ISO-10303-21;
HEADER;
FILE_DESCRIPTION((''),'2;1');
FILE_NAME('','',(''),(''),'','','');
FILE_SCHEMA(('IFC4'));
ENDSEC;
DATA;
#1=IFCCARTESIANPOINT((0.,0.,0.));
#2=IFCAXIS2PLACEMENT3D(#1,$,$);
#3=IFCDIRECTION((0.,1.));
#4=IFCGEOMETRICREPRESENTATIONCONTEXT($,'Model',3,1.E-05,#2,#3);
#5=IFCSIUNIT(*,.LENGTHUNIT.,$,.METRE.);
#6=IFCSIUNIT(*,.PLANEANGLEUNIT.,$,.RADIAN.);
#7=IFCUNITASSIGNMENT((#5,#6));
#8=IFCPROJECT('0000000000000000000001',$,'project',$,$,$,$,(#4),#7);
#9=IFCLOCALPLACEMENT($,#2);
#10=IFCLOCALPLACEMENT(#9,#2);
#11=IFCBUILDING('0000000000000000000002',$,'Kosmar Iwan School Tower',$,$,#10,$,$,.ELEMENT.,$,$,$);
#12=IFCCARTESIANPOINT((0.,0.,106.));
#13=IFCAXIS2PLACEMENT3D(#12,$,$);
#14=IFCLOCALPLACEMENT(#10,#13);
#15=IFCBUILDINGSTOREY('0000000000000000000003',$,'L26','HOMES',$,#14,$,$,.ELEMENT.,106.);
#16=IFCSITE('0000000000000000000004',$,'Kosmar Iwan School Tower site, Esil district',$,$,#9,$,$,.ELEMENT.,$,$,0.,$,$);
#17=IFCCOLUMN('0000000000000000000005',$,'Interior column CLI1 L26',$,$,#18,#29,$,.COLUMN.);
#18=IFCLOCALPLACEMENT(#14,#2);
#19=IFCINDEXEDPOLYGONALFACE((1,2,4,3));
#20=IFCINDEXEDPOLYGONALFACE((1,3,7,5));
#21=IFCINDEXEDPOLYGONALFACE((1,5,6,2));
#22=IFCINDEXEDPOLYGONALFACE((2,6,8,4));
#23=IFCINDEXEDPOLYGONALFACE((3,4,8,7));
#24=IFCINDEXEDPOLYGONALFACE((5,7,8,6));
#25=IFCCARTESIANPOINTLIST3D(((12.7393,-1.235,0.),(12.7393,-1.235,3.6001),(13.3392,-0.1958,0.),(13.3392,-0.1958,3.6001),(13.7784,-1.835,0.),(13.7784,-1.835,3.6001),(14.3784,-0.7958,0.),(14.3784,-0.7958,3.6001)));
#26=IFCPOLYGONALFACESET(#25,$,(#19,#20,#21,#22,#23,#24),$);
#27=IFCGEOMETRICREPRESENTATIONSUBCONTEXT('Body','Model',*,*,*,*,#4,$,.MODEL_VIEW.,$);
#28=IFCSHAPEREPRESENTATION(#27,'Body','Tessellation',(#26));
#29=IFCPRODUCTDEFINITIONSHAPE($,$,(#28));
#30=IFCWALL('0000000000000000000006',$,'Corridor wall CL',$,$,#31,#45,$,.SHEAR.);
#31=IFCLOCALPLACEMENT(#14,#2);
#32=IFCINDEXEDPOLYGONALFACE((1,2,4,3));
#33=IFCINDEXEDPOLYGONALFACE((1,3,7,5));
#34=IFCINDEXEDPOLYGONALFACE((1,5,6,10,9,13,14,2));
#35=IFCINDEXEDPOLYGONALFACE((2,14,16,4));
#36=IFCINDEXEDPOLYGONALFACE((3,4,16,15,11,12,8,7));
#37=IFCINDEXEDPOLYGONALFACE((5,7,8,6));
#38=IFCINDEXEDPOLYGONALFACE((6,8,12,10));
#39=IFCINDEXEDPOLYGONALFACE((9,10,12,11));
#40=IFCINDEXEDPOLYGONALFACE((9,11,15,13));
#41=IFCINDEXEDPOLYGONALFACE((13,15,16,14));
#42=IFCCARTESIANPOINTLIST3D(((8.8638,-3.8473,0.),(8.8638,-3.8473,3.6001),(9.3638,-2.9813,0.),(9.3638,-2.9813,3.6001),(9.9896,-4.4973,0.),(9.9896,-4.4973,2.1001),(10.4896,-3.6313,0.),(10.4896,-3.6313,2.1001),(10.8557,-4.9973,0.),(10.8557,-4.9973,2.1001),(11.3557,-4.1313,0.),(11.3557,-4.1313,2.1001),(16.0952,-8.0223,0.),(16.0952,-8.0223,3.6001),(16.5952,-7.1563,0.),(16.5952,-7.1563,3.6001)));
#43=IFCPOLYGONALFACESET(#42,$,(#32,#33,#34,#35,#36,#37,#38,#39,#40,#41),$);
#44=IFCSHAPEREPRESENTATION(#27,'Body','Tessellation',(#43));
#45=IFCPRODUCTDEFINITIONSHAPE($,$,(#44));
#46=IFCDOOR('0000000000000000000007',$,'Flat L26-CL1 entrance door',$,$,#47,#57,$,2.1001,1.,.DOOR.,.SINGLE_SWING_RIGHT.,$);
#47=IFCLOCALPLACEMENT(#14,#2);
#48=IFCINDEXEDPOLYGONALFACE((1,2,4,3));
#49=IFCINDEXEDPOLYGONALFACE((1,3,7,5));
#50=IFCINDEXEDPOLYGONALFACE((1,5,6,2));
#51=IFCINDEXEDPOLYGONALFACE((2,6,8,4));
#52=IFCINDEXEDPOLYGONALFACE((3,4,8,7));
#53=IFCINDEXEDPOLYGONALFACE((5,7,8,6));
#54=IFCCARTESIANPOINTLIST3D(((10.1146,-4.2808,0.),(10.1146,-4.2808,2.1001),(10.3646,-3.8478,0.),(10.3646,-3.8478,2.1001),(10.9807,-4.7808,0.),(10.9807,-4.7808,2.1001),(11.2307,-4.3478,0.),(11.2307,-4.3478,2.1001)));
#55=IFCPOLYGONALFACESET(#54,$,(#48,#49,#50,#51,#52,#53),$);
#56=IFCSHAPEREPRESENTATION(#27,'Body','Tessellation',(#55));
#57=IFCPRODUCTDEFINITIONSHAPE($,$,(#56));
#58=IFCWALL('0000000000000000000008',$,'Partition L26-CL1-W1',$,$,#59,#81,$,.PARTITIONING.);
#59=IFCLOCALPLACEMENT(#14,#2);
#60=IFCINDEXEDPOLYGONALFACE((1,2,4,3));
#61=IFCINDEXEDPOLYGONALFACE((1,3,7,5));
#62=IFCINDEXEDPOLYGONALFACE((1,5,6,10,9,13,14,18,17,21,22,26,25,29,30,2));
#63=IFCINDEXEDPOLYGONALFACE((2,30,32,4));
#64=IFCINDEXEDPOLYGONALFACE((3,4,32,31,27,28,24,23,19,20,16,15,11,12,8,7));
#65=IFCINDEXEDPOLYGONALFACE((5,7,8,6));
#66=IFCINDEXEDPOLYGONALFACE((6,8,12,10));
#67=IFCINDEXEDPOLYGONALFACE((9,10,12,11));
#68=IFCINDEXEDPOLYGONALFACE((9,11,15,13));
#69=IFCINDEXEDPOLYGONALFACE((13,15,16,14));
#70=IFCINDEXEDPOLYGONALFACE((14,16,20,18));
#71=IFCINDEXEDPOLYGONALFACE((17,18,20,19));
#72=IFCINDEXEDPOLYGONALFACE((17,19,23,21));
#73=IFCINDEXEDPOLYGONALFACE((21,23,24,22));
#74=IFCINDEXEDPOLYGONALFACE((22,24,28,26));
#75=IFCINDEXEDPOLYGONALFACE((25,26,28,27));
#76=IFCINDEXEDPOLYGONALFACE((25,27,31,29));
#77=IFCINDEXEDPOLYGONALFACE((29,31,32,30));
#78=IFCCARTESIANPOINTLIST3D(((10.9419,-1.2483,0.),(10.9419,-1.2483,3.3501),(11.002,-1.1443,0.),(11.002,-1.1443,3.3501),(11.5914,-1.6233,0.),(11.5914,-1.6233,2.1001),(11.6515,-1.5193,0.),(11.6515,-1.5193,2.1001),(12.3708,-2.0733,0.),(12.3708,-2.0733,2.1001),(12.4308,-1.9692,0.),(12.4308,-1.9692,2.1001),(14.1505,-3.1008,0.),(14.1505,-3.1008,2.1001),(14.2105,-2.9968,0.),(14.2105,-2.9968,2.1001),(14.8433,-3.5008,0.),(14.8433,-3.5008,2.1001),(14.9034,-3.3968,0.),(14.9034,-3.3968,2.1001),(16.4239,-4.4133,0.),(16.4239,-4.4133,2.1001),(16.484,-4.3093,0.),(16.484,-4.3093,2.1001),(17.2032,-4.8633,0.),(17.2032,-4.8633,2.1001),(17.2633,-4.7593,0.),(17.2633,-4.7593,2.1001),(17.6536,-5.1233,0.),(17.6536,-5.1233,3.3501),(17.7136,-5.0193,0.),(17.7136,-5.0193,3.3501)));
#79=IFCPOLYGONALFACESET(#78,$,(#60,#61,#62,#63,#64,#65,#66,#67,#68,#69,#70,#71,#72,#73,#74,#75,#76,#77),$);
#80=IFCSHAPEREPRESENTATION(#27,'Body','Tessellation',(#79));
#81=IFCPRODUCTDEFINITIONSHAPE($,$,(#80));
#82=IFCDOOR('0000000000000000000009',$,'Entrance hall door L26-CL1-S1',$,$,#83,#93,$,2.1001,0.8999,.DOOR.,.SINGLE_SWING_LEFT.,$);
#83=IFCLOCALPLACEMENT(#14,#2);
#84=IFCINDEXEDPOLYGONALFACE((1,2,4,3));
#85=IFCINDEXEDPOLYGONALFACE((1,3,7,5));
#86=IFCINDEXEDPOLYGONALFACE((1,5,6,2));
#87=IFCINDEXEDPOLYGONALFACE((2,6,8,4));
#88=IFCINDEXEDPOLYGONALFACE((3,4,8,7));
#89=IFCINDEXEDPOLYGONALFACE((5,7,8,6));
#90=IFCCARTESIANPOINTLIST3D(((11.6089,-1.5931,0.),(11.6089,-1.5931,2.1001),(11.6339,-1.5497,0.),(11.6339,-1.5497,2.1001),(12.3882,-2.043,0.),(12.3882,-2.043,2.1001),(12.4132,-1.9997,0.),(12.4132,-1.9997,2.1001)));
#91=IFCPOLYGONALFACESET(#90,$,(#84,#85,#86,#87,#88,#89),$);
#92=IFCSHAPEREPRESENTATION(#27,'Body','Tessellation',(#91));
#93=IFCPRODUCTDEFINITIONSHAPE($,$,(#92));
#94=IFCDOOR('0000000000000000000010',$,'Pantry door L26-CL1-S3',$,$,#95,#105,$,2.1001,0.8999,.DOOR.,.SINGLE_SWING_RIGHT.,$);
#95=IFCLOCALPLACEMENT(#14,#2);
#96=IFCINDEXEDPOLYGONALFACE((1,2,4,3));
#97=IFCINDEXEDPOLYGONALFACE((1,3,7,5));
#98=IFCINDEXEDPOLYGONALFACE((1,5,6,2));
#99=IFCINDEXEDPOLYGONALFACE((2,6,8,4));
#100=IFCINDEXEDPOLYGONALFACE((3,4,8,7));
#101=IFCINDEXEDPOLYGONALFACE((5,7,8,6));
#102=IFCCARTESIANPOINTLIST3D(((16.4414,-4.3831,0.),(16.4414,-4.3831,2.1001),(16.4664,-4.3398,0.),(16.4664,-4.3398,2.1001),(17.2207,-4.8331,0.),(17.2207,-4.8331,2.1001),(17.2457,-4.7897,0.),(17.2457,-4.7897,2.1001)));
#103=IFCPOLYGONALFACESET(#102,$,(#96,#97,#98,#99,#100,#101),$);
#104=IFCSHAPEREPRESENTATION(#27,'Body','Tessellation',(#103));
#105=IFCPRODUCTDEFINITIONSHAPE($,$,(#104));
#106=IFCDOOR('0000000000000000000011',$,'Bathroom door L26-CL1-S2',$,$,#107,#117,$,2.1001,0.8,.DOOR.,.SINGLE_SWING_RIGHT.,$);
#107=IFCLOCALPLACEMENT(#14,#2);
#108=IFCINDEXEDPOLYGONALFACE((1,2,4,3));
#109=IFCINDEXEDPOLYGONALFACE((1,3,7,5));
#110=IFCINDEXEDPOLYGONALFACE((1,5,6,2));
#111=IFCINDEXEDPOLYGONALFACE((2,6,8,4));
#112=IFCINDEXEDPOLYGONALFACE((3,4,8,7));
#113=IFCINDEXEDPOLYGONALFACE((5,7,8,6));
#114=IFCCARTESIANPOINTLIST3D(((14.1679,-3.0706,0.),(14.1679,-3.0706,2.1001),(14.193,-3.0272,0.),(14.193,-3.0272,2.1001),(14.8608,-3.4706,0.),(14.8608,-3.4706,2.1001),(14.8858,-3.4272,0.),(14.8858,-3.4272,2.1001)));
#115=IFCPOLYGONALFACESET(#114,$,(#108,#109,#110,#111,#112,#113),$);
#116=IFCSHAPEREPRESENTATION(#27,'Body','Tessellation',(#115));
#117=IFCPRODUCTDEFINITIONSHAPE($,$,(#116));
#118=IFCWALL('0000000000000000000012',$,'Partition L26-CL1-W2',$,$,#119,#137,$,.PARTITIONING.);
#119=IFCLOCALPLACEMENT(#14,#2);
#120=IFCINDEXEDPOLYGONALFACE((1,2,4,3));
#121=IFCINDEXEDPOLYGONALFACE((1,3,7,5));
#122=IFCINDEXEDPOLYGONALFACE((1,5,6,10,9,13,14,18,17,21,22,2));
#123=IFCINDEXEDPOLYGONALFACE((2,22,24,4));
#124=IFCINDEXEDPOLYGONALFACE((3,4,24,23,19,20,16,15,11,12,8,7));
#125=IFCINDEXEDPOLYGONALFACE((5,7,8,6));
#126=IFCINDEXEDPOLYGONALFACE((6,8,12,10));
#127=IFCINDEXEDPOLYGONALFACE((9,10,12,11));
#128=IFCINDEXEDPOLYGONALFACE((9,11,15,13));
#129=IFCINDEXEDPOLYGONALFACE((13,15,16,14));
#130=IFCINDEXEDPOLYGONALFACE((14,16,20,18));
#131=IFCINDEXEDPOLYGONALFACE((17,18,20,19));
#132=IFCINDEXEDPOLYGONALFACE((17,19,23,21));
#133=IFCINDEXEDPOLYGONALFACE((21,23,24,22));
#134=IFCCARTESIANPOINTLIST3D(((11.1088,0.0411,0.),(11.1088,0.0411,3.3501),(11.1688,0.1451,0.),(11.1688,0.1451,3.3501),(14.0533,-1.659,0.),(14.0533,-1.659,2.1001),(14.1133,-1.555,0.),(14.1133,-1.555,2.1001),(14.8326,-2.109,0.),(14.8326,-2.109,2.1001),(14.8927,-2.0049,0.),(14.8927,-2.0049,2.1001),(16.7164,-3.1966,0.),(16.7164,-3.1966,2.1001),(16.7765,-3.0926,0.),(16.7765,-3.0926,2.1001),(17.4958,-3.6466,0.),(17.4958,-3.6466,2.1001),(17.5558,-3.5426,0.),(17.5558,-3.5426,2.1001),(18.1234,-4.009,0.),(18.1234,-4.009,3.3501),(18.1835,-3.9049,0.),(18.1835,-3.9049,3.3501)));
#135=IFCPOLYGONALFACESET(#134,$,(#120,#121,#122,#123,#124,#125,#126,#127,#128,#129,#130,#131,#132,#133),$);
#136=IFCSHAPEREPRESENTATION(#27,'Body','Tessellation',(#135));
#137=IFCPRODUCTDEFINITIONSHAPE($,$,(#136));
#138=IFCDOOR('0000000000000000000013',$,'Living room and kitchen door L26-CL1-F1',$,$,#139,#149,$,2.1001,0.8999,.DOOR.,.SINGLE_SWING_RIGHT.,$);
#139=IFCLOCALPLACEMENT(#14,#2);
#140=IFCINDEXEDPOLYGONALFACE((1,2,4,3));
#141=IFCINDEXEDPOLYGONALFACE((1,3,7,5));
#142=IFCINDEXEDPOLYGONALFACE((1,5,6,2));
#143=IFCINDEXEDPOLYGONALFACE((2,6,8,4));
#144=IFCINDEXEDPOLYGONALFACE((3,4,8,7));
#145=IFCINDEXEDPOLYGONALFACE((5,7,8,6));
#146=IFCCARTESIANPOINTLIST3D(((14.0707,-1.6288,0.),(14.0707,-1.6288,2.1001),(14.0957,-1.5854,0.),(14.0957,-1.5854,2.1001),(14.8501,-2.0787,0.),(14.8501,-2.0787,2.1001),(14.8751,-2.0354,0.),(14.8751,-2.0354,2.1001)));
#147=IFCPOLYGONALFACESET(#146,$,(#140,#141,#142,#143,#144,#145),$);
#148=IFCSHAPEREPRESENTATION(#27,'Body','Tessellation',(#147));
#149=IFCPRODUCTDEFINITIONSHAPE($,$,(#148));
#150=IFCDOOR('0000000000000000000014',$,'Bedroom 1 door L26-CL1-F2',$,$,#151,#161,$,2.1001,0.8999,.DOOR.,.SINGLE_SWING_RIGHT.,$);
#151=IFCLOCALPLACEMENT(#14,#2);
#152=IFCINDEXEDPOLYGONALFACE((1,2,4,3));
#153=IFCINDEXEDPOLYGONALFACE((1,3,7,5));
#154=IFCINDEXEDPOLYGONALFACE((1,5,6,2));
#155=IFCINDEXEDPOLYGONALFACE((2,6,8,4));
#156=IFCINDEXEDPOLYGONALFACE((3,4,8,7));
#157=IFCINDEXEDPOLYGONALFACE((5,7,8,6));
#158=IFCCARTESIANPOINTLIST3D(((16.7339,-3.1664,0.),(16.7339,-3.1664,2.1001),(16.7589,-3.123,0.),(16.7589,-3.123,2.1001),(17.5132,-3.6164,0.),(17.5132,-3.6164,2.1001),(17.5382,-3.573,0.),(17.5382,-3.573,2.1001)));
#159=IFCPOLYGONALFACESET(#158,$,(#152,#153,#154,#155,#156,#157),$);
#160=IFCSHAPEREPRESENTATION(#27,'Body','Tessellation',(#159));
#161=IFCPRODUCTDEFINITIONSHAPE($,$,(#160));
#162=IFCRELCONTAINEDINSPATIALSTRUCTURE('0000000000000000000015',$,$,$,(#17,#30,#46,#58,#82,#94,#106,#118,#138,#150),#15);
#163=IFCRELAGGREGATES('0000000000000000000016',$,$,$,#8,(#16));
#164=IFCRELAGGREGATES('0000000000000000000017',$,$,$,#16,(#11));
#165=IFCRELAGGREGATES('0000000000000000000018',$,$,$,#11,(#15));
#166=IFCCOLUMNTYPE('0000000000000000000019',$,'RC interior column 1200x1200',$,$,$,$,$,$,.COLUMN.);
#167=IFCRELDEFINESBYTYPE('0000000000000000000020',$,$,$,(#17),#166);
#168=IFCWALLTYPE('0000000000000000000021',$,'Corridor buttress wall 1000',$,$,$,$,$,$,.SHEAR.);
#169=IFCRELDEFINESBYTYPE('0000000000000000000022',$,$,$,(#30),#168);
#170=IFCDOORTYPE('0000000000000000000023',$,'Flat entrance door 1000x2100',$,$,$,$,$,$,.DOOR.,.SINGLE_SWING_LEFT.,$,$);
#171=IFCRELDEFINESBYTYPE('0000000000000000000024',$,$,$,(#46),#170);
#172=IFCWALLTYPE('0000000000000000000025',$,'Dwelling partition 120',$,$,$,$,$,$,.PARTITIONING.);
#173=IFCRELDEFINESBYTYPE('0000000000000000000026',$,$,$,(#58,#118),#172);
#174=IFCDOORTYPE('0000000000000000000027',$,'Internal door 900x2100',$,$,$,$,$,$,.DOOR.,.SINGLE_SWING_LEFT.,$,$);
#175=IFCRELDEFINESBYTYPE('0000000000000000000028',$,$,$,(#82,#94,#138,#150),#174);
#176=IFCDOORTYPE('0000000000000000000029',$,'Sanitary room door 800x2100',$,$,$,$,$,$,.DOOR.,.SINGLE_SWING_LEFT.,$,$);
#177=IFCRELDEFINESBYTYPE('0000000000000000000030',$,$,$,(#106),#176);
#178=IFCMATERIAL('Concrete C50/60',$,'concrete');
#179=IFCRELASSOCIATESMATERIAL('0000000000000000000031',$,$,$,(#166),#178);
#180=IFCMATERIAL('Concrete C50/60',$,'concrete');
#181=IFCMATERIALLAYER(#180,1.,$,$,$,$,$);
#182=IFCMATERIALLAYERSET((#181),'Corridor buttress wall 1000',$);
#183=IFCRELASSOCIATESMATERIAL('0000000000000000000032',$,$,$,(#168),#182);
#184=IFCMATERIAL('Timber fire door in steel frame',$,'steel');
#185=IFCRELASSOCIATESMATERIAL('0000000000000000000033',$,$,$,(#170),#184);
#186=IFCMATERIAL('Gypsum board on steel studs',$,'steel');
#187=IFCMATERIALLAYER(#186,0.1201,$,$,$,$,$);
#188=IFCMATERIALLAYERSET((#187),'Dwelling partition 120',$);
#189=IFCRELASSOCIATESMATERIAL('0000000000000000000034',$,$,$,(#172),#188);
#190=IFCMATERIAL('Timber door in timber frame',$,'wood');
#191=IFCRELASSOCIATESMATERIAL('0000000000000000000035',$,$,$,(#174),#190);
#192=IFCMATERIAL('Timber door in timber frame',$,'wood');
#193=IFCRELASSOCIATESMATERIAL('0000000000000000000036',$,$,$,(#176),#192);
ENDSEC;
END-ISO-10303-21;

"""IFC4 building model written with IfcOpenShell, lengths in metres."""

from ifc_helpers import new_model, si_unit, direction, frame, frame_2d, origin, origin_2d, place, context, subcontext, project, spatial, rectangle, extrude, material, layer, layer_set, material_profile, profile_set, type_object, element, fill, save


model = new_model("IFC4")

# Units and contexts
model_context = context("Model", 3, precision=1e-05, world=origin(), true_north=direction((0.0, 1.0)))
body_context = subcontext(model_context, "Body", "Model", "MODEL_VIEW")
ifc_project = project(units=[si_unit("LENGTHUNIT", "METRE"), si_unit("PLANEANGLEUNIT", "RADIAN")], contexts=[model_context])

# Site, building, storey
site_placement = place(None, origin())
site = spatial("IfcSite", under=ifc_project, at=site_placement, Name="Kosmar Iwan School Tower site, Esil district", CompositionType="ELEMENT", RefElevation=0.0)
building_placement = place(site_placement, origin())
building = spatial("IfcBuilding", under=site, at=building_placement, Name="Kosmar Iwan School Tower", CompositionType="ELEMENT")
storey_placement = place(building_placement, frame((0.0, 0.0, 106.0)))
storey = spatial("IfcBuildingStorey", under=building, at=storey_placement, Name="L26", Description="HOMES", CompositionType="ELEMENT", Elevation=106.0)

# Column
ifc_material_1 = material(Name="Concrete C50/60", Category="concrete")
ifc_material_profile = material_profile(ifc_material_1, rectangle(XDim=1.2, YDim=1.2, at=origin_2d()), Name="RC 1200x1200")
ifc_profile_set = profile_set([ifc_material_profile], Name="Concrete C50/60")
column_type = type_object("IfcColumnType", Name="RC interior column 1200x1200", PredefinedType="COLUMN", material=ifc_profile_set)
column_placement = place(storey_placement, frame((13.5588, -1.0154, 0.0), z_axis=(0.0, 0.0, 1.0), x_axis=(0.866025, -0.5, 0.0)))
element("IfcColumn", 1, at=column_placement, inside=storey, type_object=column_type, Name="Interior column CLI1 L26", PredefinedType="COLUMN", context=body_context, shape_type="SweptSolid", body=[
    extrude(rectangle(XDim=1.2, YDim=1.2, at=origin_2d()), origin(), (0.0, 0.0, 1.0), 3.6001),
])

# Wall, opening, door
ifc_material_2 = material(Name="Concrete C50/60", Category="concrete")
ifc_layer_1 = layer(ifc_material_2, 1.0)
ifc_layer_set_1 = layer_set([ifc_layer_1], Name="Corridor buttress wall 1000")
wall_type_1 = type_object("IfcWallType", Name="Corridor buttress wall 1000", PredefinedType="SHEAR", material=ifc_layer_set_1)
wall_1_placement = place(storey_placement, frame((9.1138, -3.4143, 0.0), z_axis=(0.0, 0.0, 1.0), x_axis=(0.866027, -0.499997, 0.0)))
wall_1 = element("IfcWall", 2, at=wall_1_placement, inside=storey, type_object=wall_type_1, Name="Corridor wall CL", PredefinedType="SHEAR", context=body_context, shape_type="SweptSolid", body=[
    extrude(rectangle(XDim=8.3501, YDim=1.0, at=frame_2d((4.175, 0.0))), origin(), (0.0, 0.0, 1.0), 3.6001),
])
opening_1_placement = place(wall_1_placement, frame((1.3, 0.0, 0.0)))
opening_1 = element("IfcOpeningElement", 3, at=opening_1_placement, cuts=wall_1, PredefinedType="OPENING", context=body_context, shape_type="SweptSolid", body=[
    extrude(rectangle(XDim=1.0, YDim=2.1001, at=frame_2d((0.5, 1.05))), frame((0.0, 0.512, 0.0), z_axis=(0.0, -1.0, 0.0), x_axis=(1.0, 0.0, 0.0)), (0.0, 0.0, 1.0), 1.0239),
])
ifc_material_3 = material(Name="Timber fire door in steel frame", Category="steel")
door_type_1 = type_object("IfcDoorType", Name="Flat entrance door 1000x2100", OperationType="SINGLE_SWING_LEFT", PredefinedType="DOOR", material=ifc_material_3)
door_1_placement = place(opening_1_placement, origin())
door_1 = element("IfcDoor", 4, at=door_1_placement, inside=storey, type_object=door_type_1, Name="Flat L26-CL1 entrance door", OperationType="SINGLE_SWING_RIGHT", OverallHeight=2.1001, OverallWidth=1.0, PredefinedType="DOOR", context=body_context, shape_type="SweptSolid", body=[
    extrude(rectangle(XDim=1.0, YDim=2.1001, at=frame_2d((0.5, 1.05))), frame((0.0, 0.25, 0.0), z_axis=(0.0, -1.0, 0.0), x_axis=(1.0, 0.0, 0.0)), (0.0, 0.0, 1.0), 0.5),
])
fill(opening_1, door_1)

# Walls, openings, doors
ifc_material_4 = material(Name="Gypsum board on steel studs", Category="steel")
ifc_layer_2 = layer(ifc_material_4, 0.1201)
ifc_layer_set_2 = layer_set([ifc_layer_2], Name="Dwelling partition 120")
wall_type_2 = type_object("IfcWallType", Name="Dwelling partition 120", PredefinedType="PARTITIONING", material=ifc_layer_set_2)
wall_2_placement = place(storey_placement, frame((10.9719, -1.1963, 0.0), z_axis=(0.0, 0.0, 1.0), x_axis=(0.866025, -0.500002, 0.0)))
wall_2 = element("IfcWall", 5, at=wall_2_placement, inside=storey, type_object=wall_type_2, Name="Partition L26-CL1-W1", PredefinedType="PARTITIONING", context=body_context, shape_type="SweptSolid", body=[
    extrude(rectangle(XDim=7.75, YDim=0.1201, at=frame_2d((3.875, 0.0))), origin(), (0.0, 0.0, 1.0), 3.3501),
])
opening_2_placement = place(wall_2_placement, frame((0.75, 0.0, 0.0)))
opening_2 = element("IfcOpeningElement", 6, at=opening_2_placement, cuts=wall_2, PredefinedType="OPENING", context=body_context, shape_type="SweptSolid", body=[
    extrude(rectangle(XDim=0.8999, YDim=2.1001, at=frame_2d((0.45, 1.05))), frame((0.0, 0.072, 0.0), z_axis=(0.0, -1.0, 0.0), x_axis=(1.0, 0.0, 0.0)), (0.0, 0.0, 1.0), 0.144),
])
opening_3_placement = place(wall_2_placement, frame((3.7051, 0.0, 0.0)))
opening_3 = element("IfcOpeningElement", 7, at=opening_3_placement, cuts=wall_2, PredefinedType="OPENING", context=body_context, shape_type="SweptSolid", body=[
    extrude(rectangle(XDim=0.8, YDim=2.1001, at=frame_2d((0.3999, 1.05))), frame((0.0, 0.072, 0.0), z_axis=(0.0, -1.0, 0.0), x_axis=(1.0, 0.0, 0.0)), (0.0, 0.0, 1.0), 0.144),
])
opening_4_placement = place(wall_2_placement, frame((6.3301, 0.0, 0.0)))
opening_4 = element("IfcOpeningElement", 8, at=opening_4_placement, cuts=wall_2, PredefinedType="OPENING", context=body_context, shape_type="SweptSolid", body=[
    extrude(rectangle(XDim=0.8999, YDim=2.1001, at=frame_2d((0.45, 1.05))), frame((0.0, 0.072, 0.0), z_axis=(0.0, -1.0, 0.0), x_axis=(1.0, 0.0, 0.0)), (0.0, 0.0, 1.0), 0.144),
])
ifc_material_5 = material(Name="Timber door in timber frame", Category="wood")
door_type_2 = type_object("IfcDoorType", Name="Internal door 900x2100", OperationType="SINGLE_SWING_LEFT", PredefinedType="DOOR", material=ifc_material_5)
door_2_placement = place(opening_2_placement, origin())
door_2 = element("IfcDoor", 9, at=door_2_placement, inside=storey, type_object=door_type_2, Name="Entrance hall door L26-CL1-S1", OperationType="SINGLE_SWING_LEFT", OverallHeight=2.1001, OverallWidth=0.8999, PredefinedType="DOOR", context=body_context, shape_type="SweptSolid", body=[
    extrude(rectangle(XDim=0.8999, YDim=2.1001, at=frame_2d((0.45, 1.05))), frame((0.0, 0.0249, 0.0), z_axis=(0.0, -1.0, 0.0), x_axis=(1.0, 0.0, 0.0)), (0.0, 0.0, 1.0), 0.05),
])
fill(opening_2, door_2)
door_3_placement = place(opening_4_placement, origin())
door_3 = element("IfcDoor", 10, at=door_3_placement, inside=storey, type_object=door_type_2, Name="Pantry door L26-CL1-S3", OperationType="SINGLE_SWING_RIGHT", OverallHeight=2.1001, OverallWidth=0.8999, PredefinedType="DOOR", context=body_context, shape_type="SweptSolid", body=[
    extrude(rectangle(XDim=0.8999, YDim=2.1001, at=frame_2d((0.45, 1.05))), frame((0.0, 0.0249, 0.0), z_axis=(0.0, -1.0, 0.0), x_axis=(1.0, 0.0, 0.0)), (0.0, 0.0, 1.0), 0.05),
])
fill(opening_4, door_3)
ifc_material_6 = material(Name="Timber door in timber frame", Category="wood")
door_type_3 = type_object("IfcDoorType", Name="Sanitary room door 800x2100", OperationType="SINGLE_SWING_LEFT", PredefinedType="DOOR", material=ifc_material_6)
door_4_placement = place(opening_3_placement, origin())
door_4 = element("IfcDoor", 11, at=door_4_placement, inside=storey, type_object=door_type_3, Name="Bathroom door L26-CL1-S2", OperationType="SINGLE_SWING_RIGHT", OverallHeight=2.1001, OverallWidth=0.8, PredefinedType="DOOR", context=body_context, shape_type="SweptSolid", body=[
    extrude(rectangle(XDim=0.8, YDim=2.1001, at=frame_2d((0.3999, 1.05))), frame((0.0, 0.0249, 0.0), z_axis=(0.0, -1.0, 0.0), x_axis=(1.0, 0.0, 0.0)), (0.0, 0.0, 1.0), 0.05),
])
fill(opening_3, door_4)
wall_3_placement = place(storey_placement, frame((11.1389, 0.093, 0.0), z_axis=(0.0, 0.0, 1.0), x_axis=(0.866018, -0.500013, 0.0)))
wall_3 = element("IfcWall", 12, at=wall_3_placement, inside=storey, type_object=wall_type_2, Name="Partition L26-CL1-W2", PredefinedType="PARTITIONING", context=body_context, shape_type="SweptSolid", body=[
    extrude(rectangle(XDim=8.0999, YDim=0.1201, at=frame_2d((4.0498, 0.0))), origin(), (0.0, 0.0, 1.0), 3.3501),
])
opening_5_placement = place(wall_3_placement, frame((3.3999, 0.0, 0.0)))
opening_5 = element("IfcOpeningElement", 13, at=opening_5_placement, cuts=wall_3, PredefinedType="OPENING", context=body_context, shape_type="SweptSolid", body=[
    extrude(rectangle(XDim=0.8999, YDim=2.1001, at=frame_2d((0.45, 1.05))), frame((0.0, 0.072, 0.0), z_axis=(0.0, -1.0, 0.0), x_axis=(1.0, 0.0, 0.0)), (0.0, 0.0, 1.0), 0.144),
])
opening_6_placement = place(wall_3_placement, frame((6.4751, 0.0, 0.0)))
opening_6 = element("IfcOpeningElement", 14, at=opening_6_placement, cuts=wall_3, PredefinedType="OPENING", context=body_context, shape_type="SweptSolid", body=[
    extrude(rectangle(XDim=0.8999, YDim=2.1001, at=frame_2d((0.45, 1.05))), frame((0.0, 0.072, 0.0), z_axis=(0.0, -1.0, 0.0), x_axis=(1.0, 0.0, 0.0)), (0.0, 0.0, 1.0), 0.144),
])
door_5_placement = place(opening_5_placement, origin())
door_5 = element("IfcDoor", 15, at=door_5_placement, inside=storey, type_object=door_type_2, Name="Living room and kitchen door L26-CL1-F1", OperationType="SINGLE_SWING_RIGHT", OverallHeight=2.1001, OverallWidth=0.8999, PredefinedType="DOOR", context=body_context, shape_type="SweptSolid", body=[
    extrude(rectangle(XDim=0.8999, YDim=2.1001, at=frame_2d((0.45, 1.05))), frame((0.0, 0.0249, 0.0), z_axis=(0.0, -1.0, 0.0), x_axis=(1.0, 0.0, 0.0)), (0.0, 0.0, 1.0), 0.05),
])
fill(opening_5, door_5)
door_6_placement = place(opening_6_placement, origin())
door_6 = element("IfcDoor", 16, at=door_6_placement, inside=storey, type_object=door_type_2, Name="Bedroom 1 door L26-CL1-F2", OperationType="SINGLE_SWING_RIGHT", OverallHeight=2.1001, OverallWidth=0.8999, PredefinedType="DOOR", context=body_context, shape_type="SweptSolid", body=[
    extrude(rectangle(XDim=0.8999, YDim=2.1001, at=frame_2d((0.45, 1.05))), frame((0.0, 0.0249, 0.0), z_axis=(0.0, -1.0, 0.0), x_axis=(1.0, 0.0, 0.0)), (0.0, 0.0, 1.0), 0.05),
])
fill(opening_6, door_6)

save(model, "model.ifc")
